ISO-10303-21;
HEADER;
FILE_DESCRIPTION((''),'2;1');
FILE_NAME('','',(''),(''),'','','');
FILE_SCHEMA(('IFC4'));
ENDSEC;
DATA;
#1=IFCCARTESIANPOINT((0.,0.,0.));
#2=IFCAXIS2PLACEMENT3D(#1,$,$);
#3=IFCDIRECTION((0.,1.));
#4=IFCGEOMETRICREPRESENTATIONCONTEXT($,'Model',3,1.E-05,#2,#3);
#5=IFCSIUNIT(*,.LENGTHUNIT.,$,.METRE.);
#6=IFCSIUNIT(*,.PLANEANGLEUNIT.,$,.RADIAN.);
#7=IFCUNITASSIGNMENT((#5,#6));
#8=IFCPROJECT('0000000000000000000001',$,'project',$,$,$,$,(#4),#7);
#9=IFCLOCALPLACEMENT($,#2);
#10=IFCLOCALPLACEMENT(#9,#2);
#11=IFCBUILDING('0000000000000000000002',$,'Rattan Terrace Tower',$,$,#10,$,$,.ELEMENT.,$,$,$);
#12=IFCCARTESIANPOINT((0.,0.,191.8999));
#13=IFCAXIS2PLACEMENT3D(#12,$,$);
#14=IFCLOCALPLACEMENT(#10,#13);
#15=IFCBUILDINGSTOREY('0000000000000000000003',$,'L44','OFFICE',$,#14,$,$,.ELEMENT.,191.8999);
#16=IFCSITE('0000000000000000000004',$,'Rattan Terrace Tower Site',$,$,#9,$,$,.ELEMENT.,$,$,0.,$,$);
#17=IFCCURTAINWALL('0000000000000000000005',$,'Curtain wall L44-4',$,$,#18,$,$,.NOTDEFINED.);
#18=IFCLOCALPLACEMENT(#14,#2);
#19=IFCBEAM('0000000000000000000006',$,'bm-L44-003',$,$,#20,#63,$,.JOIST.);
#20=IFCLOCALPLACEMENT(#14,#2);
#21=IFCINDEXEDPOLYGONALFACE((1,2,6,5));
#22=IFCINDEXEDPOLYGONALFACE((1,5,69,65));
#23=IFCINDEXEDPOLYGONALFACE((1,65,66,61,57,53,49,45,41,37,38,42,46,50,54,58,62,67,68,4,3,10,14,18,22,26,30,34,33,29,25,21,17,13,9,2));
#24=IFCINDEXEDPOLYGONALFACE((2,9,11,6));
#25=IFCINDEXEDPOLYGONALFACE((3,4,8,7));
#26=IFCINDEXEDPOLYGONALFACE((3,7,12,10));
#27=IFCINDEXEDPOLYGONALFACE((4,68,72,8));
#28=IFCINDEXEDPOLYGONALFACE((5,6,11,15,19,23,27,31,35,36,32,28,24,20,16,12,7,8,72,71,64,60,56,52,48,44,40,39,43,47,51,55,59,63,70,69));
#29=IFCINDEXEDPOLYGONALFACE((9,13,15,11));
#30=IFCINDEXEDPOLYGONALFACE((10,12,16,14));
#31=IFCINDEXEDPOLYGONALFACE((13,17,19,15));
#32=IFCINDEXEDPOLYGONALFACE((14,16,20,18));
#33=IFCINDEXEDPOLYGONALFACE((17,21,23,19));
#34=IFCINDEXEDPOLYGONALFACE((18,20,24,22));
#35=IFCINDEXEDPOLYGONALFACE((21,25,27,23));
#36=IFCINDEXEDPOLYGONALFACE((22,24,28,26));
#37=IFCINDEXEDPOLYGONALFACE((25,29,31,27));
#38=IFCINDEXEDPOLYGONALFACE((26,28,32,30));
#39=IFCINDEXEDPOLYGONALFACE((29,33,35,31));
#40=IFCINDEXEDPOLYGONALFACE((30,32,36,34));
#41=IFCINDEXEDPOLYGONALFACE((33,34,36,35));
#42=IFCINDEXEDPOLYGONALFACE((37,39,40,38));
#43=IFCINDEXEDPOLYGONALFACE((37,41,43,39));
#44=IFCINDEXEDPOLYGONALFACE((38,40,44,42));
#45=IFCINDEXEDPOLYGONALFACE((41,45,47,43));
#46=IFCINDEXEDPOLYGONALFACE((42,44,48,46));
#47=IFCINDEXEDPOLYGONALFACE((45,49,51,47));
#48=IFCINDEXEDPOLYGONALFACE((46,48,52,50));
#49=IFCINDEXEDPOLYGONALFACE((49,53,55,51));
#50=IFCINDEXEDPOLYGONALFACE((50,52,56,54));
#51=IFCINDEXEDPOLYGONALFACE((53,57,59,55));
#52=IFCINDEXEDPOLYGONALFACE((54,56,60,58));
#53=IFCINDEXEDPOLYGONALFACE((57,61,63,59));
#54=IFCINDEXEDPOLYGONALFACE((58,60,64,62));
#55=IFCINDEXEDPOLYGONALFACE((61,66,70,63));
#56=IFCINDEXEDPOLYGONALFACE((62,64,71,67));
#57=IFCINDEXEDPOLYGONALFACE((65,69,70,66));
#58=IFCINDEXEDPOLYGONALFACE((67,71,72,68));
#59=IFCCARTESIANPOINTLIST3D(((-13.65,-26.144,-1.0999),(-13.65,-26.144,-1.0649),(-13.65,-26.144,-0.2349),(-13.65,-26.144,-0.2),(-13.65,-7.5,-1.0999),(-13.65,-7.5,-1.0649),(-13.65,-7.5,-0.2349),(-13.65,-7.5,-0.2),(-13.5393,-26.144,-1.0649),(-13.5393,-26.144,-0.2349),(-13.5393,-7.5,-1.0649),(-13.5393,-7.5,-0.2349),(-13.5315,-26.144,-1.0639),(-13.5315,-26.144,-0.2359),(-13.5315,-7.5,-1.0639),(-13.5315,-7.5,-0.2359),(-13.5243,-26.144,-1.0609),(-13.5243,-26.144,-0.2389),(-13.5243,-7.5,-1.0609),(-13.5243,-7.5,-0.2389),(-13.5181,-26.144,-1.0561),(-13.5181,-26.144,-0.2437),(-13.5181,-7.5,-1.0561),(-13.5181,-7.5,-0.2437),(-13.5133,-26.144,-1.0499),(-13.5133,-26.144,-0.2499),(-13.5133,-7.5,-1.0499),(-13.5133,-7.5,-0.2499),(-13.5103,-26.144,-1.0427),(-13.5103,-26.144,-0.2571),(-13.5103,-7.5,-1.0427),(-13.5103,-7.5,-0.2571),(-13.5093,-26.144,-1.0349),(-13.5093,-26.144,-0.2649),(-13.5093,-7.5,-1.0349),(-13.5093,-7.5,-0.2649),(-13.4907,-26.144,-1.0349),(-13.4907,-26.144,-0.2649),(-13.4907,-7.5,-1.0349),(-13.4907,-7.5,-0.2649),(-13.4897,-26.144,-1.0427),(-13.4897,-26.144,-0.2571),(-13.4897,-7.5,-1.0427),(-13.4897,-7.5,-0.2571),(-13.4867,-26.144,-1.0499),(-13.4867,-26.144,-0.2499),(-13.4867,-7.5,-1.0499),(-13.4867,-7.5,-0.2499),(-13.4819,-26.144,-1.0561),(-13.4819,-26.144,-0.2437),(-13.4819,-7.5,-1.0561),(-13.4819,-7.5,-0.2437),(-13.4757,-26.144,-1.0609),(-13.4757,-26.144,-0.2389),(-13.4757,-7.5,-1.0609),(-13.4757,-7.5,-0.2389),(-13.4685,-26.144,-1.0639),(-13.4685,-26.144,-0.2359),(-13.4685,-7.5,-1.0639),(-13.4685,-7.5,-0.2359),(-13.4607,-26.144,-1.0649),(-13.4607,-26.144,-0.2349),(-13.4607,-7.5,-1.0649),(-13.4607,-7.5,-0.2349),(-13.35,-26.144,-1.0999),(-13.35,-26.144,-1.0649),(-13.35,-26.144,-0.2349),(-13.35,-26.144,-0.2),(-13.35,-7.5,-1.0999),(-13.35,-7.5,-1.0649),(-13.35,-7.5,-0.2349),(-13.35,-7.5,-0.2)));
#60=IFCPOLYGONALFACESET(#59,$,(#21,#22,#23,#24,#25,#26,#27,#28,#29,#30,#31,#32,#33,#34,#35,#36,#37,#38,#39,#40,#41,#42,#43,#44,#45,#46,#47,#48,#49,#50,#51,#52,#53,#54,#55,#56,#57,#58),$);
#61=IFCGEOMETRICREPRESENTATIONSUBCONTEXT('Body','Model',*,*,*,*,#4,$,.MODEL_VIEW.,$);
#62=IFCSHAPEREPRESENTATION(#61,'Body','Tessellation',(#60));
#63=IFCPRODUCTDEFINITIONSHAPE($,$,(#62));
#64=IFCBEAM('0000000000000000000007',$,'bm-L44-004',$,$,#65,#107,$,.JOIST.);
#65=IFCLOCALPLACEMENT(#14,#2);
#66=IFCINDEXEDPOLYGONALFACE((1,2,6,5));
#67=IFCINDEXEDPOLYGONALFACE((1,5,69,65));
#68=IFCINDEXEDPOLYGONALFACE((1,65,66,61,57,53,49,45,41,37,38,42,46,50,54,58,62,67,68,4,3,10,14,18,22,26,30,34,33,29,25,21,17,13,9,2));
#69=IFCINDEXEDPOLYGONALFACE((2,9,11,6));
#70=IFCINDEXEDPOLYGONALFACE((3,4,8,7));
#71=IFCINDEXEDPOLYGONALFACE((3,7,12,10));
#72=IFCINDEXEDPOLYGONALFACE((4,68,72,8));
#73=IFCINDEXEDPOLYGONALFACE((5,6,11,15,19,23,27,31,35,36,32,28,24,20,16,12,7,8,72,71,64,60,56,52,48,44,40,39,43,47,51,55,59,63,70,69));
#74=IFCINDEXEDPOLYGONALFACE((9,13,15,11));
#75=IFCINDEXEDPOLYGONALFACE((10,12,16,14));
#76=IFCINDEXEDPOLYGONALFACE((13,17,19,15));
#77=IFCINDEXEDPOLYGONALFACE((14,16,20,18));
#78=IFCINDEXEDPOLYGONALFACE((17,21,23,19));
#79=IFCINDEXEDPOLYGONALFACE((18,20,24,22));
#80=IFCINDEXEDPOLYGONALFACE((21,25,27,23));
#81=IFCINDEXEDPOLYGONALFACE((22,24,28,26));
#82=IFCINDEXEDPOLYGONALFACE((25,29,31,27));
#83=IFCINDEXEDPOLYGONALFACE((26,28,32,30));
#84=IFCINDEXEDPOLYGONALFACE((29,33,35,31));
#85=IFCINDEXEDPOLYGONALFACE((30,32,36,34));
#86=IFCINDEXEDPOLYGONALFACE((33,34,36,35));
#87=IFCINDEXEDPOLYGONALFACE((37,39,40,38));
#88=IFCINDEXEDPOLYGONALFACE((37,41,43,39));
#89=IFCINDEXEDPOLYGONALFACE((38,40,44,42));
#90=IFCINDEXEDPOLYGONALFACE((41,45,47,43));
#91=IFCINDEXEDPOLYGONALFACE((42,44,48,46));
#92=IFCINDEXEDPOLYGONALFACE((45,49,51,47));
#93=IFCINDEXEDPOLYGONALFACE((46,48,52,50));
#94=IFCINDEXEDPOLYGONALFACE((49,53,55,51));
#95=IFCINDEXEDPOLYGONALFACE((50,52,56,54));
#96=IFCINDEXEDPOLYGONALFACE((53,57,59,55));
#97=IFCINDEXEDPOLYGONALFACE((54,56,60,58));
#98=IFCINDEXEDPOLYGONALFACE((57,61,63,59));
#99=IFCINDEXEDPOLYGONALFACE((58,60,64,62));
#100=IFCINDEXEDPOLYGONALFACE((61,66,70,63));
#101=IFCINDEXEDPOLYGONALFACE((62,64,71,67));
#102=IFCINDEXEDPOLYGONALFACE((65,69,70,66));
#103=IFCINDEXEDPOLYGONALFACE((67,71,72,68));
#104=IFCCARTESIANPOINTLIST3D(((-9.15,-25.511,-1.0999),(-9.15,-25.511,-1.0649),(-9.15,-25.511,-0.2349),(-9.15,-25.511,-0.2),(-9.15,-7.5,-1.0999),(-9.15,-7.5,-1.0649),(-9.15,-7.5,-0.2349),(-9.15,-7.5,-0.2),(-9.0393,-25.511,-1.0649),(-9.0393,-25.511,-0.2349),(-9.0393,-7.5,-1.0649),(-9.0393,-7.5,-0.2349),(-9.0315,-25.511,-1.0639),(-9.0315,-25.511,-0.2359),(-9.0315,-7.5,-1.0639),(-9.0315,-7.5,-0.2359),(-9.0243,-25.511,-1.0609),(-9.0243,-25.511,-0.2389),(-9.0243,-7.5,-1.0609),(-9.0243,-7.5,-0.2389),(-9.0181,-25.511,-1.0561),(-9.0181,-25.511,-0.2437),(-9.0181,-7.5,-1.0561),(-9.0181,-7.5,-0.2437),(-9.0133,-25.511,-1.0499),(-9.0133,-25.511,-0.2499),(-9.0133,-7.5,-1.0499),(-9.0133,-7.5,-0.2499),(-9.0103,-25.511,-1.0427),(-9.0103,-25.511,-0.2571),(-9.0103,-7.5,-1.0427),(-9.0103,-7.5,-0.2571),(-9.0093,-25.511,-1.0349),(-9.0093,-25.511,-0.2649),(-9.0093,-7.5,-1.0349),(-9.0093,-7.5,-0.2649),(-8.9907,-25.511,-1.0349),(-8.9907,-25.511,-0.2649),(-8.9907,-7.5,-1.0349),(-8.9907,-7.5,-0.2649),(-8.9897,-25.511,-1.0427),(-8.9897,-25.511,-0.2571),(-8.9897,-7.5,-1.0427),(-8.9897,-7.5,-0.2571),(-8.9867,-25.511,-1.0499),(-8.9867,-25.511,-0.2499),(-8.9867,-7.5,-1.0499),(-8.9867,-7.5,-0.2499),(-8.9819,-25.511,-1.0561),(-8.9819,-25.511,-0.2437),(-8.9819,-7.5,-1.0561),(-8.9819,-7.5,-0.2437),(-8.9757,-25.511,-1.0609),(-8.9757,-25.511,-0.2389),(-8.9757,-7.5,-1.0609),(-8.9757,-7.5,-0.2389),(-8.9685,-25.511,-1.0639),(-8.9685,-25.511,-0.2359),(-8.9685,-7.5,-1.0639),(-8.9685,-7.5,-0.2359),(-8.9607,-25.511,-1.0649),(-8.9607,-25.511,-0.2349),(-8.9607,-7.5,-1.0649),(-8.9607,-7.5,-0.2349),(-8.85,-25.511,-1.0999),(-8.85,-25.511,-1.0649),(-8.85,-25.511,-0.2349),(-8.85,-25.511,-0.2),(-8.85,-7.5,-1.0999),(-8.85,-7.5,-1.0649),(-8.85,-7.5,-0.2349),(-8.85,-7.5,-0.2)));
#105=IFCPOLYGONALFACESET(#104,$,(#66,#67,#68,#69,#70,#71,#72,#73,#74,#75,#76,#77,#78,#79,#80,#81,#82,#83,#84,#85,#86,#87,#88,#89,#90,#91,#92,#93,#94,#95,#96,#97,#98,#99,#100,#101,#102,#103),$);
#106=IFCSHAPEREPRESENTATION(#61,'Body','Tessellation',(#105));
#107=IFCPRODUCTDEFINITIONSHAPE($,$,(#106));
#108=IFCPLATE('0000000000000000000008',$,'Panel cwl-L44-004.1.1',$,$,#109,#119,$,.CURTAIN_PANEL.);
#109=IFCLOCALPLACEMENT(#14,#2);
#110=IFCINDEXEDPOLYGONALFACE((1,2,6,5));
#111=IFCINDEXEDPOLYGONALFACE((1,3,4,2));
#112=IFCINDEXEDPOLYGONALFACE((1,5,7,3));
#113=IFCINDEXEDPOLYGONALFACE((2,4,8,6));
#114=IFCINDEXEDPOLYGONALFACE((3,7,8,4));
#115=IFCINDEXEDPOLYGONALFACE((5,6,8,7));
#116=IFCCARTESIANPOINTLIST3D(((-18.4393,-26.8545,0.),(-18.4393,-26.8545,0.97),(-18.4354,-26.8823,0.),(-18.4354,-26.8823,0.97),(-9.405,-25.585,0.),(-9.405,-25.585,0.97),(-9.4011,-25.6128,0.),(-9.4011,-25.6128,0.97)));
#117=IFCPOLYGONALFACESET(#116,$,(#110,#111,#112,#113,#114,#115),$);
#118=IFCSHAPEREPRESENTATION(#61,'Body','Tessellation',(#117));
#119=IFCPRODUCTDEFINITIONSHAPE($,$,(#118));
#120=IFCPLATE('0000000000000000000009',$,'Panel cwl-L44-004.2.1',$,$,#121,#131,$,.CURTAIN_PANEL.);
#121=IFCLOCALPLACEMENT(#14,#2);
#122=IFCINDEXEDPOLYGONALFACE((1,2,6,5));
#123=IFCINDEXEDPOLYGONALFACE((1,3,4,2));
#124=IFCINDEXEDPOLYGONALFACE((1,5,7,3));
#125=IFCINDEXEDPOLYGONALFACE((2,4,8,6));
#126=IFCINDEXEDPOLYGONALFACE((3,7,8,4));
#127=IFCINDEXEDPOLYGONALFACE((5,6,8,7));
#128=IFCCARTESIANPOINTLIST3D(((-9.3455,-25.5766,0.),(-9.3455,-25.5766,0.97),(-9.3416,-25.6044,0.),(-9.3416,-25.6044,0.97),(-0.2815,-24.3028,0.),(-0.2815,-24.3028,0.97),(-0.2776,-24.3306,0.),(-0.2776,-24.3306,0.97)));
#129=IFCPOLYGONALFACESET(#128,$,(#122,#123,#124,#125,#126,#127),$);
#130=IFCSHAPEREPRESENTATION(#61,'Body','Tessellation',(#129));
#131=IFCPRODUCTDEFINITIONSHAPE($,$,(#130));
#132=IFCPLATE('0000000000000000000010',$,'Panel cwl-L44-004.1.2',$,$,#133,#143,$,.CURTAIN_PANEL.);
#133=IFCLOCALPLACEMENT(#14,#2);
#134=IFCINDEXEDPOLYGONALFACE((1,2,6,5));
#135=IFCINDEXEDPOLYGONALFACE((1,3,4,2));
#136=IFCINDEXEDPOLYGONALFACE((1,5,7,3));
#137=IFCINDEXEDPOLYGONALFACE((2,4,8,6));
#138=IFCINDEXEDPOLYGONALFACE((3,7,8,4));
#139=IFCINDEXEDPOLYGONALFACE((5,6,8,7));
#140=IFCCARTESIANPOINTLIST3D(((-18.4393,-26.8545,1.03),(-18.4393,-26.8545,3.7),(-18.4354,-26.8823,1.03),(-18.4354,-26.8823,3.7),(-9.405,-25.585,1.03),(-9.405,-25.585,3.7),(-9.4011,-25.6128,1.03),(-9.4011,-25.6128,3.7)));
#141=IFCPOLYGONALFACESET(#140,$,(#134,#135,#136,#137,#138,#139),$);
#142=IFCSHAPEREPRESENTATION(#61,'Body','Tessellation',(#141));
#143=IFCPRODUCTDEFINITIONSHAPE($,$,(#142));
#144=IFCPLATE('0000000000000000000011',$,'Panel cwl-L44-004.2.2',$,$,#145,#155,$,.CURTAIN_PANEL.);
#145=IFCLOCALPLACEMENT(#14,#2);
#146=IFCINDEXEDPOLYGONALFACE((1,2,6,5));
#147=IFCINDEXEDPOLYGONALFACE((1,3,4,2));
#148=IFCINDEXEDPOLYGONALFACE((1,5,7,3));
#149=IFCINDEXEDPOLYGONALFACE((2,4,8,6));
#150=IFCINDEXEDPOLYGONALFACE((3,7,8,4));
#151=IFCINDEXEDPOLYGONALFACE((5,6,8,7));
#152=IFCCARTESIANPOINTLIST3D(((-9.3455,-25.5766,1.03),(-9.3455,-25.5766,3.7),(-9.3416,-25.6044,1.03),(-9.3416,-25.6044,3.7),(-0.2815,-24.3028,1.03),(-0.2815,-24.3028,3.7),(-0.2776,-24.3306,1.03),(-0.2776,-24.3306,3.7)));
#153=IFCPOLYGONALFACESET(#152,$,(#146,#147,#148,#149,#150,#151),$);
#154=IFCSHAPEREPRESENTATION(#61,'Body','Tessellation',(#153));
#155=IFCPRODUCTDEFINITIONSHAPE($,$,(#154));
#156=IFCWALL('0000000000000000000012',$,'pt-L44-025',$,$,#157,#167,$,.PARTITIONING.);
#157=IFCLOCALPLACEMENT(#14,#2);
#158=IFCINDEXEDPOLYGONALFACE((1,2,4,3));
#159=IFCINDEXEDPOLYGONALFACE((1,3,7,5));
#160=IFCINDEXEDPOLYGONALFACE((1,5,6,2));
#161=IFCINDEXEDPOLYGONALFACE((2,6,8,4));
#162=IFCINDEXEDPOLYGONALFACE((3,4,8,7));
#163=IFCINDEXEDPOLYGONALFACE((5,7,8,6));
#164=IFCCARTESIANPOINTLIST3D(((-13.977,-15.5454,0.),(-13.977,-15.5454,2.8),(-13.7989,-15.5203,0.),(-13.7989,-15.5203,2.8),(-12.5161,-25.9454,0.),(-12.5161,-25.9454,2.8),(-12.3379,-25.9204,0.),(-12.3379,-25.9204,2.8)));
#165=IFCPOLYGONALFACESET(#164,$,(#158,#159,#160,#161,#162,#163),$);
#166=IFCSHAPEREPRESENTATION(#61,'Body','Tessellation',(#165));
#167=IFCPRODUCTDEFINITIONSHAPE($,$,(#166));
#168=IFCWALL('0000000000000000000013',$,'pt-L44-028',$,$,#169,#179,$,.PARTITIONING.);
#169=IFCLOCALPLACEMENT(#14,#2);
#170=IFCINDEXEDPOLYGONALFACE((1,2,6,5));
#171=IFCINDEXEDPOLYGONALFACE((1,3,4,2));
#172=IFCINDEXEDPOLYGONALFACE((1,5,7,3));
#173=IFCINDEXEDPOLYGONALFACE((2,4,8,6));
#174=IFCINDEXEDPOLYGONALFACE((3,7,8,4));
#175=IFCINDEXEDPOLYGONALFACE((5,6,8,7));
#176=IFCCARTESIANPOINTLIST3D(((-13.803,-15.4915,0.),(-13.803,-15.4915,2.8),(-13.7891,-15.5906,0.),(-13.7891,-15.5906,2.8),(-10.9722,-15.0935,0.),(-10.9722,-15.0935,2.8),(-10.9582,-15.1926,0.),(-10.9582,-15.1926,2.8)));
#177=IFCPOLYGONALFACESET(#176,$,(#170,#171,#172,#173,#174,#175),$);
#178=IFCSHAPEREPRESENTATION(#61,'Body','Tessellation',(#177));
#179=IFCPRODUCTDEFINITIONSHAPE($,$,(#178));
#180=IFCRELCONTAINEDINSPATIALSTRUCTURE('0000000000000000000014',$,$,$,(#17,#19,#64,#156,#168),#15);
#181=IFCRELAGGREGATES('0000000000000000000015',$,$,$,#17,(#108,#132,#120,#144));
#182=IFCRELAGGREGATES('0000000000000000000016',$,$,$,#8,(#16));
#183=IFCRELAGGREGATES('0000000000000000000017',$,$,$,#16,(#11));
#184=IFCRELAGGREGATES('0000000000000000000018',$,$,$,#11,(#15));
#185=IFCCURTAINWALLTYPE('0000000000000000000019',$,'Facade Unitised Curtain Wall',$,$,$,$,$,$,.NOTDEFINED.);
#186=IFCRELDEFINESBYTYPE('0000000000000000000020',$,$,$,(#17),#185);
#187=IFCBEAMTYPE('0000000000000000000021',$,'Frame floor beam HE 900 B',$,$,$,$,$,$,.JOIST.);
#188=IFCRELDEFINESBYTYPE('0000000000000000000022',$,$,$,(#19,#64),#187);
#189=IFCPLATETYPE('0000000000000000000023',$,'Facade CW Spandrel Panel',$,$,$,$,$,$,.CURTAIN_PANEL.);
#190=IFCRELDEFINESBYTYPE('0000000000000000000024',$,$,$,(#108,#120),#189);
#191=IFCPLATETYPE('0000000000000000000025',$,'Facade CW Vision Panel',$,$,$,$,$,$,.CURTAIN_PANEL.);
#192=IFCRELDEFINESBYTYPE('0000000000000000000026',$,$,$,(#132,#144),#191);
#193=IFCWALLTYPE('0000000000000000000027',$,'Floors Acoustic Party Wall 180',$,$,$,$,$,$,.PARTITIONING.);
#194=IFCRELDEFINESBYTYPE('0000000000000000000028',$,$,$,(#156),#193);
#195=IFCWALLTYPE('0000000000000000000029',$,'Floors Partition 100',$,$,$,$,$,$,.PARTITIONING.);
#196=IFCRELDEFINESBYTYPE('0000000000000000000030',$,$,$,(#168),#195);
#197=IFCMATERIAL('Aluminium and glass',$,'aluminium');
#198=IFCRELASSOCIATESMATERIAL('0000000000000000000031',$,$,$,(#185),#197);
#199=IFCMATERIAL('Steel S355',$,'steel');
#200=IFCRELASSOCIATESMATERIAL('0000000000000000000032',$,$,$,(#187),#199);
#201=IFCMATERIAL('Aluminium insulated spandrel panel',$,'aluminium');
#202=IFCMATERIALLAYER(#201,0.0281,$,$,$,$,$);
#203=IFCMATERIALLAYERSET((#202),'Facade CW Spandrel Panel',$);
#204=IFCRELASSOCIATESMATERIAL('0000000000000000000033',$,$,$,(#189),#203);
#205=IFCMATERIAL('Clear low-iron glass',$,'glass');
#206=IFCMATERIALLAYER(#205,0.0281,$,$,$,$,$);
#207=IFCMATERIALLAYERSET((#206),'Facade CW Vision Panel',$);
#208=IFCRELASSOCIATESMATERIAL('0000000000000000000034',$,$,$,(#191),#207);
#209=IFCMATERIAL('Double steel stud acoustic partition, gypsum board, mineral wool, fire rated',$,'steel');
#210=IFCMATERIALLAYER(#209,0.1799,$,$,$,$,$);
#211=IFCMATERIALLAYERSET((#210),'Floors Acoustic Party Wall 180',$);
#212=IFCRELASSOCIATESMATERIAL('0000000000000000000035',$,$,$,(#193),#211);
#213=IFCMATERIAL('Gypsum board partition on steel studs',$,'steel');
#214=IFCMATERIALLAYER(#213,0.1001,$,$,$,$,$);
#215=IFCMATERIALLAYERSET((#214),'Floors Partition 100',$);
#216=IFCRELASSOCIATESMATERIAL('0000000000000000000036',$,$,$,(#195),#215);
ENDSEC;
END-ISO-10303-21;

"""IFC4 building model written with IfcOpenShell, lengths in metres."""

from ifc_helpers import new_model, si_unit, direction, frame, frame_2d, origin, origin_2d, place, context, subcontext, project, spatial, rectangle, i_section, extrude, material, layer, layer_set, material_profile, profile_set, type_object, element, aggregate, save


model = new_model("IFC4")

# Units and contexts
model_context = context("Model", 3, precision=1e-05, world=origin(), true_north=direction((0.0, 1.0)))
body_context = subcontext(model_context, "Body", "Model", "MODEL_VIEW")
ifc_project = project(units=[si_unit("LENGTHUNIT", "METRE"), si_unit("PLANEANGLEUNIT", "RADIAN")], contexts=[model_context])

# Site, building, storey
site_placement = place(None, origin())
site = spatial("IfcSite", under=ifc_project, at=site_placement, Name="Rattan Terrace Tower Site", CompositionType="ELEMENT", RefElevation=0.0)
building_placement = place(site_placement, origin())
building = spatial("IfcBuilding", under=site, at=building_placement, Name="Rattan Terrace Tower", CompositionType="ELEMENT")
storey_placement = place(building_placement, frame((0.0, 0.0, 191.8999)))
storey = spatial("IfcBuildingStorey", under=building, at=storey_placement, Name="L44", Description="OFFICE", CompositionType="ELEMENT", Elevation=191.8999)

# Curtain wall
ifc_material_1 = material(Name="Aluminium and glass", Category="aluminium")
curtain_wall_type = type_object("IfcCurtainWallType", Name="Facade Unitised Curtain Wall", PredefinedType="NOTDEFINED", material=ifc_material_1)
curtain_wall_placement = place(storey_placement, origin())
curtain_wall = element("IfcCurtainWall", 1, at=curtain_wall_placement, inside=storey, type_object=curtain_wall_type, Name="Curtain wall L44-4", PredefinedType="NOTDEFINED")

# Beams
ifc_material_2 = material(Name="Steel S355", Category="steel")
ifc_material_profile_1 = material_profile(ifc_material_2, i_section(OverallWidth=0.3, OverallDepth=0.8999, WebThickness=0.0186, FlangeThickness=0.0349, FilletRadius=0.03, at=origin_2d()), Name="HE 900 B")
ifc_profile_set_1 = profile_set([ifc_material_profile_1], Name="Steel S355")
beam_type_1 = type_object("IfcBeamType", Name="Frame floor beam HE 900 B", PredefinedType="JOIST", material=ifc_profile_set_1)
beam_1_placement = place(storey_placement, frame((-13.5, -26.144, -0.6499), z_axis=(0.0, 1.0, 0.0), x_axis=(-1.0, 0.0, 0.0)))
element("IfcBeam", 2, at=beam_1_placement, inside=storey, type_object=beam_type_1, Name="bm-L44-003", PredefinedType="JOIST", context=body_context, shape_type="SweptSolid", body=[
    extrude(i_section(OverallWidth=0.3, OverallDepth=0.8999, WebThickness=0.0186, FlangeThickness=0.0349, FilletRadius=0.03, at=origin_2d()), origin(), (0.0, 0.0, 1.0), 18.644),
])
beam_2_placement = place(storey_placement, frame((-9.0, -25.511, -0.6499), z_axis=(0.0, 1.0, 0.0), x_axis=(-1.0, 0.0, 0.0)))
element("IfcBeam", 3, at=beam_2_placement, inside=storey, type_object=beam_type_1, Name="bm-L44-004", PredefinedType="JOIST", context=body_context, shape_type="SweptSolid", body=[
    extrude(i_section(OverallWidth=0.3, OverallDepth=0.8999, WebThickness=0.0186, FlangeThickness=0.0349, FilletRadius=0.03, at=origin_2d()), origin(), (0.0, 0.0, 1.0), 18.011),
])

# Plates
ifc_material_3 = material(Name="Aluminium insulated spandrel panel", Category="aluminium")
ifc_layer_1 = layer(ifc_material_3, 0.0281)
ifc_layer_set_1 = layer_set([ifc_layer_1], Name="Facade CW Spandrel Panel")
plate_type_1 = type_object("IfcPlateType", Name="Facade CW Spandrel Panel", PredefinedType="CURTAIN_PANEL", material=ifc_layer_set_1)
plate_1_placement = place(storey_placement, frame((-13.9202, -26.2336, 0.0), z_axis=(0.0, 0.0, 1.0), x_axis=(0.99027, 0.139161, 0.0)))
plate_1 = element("IfcPlate", 4, at=plate_1_placement, type_object=plate_type_1, Name="Panel cwl-L44-004.1.1", PredefinedType="CURTAIN_PANEL", context=body_context, shape_type="SweptSolid", body=[
    extrude(rectangle(XDim=9.123, YDim=0.0281, at=origin_2d()), origin(), (0.0, 0.0, 1.0), 0.97),
])
plate_2_placement = place(storey_placement, frame((-4.8115, -24.9536, 0.0), z_axis=(0.0, 0.0, 1.0), x_axis=(0.99027, 0.139161, 0.0)))
plate_2 = element("IfcPlate", 5, at=plate_2_placement, type_object=plate_type_1, Name="Panel cwl-L44-004.2.1", PredefinedType="CURTAIN_PANEL", context=body_context, shape_type="SweptSolid", body=[
    extrude(rectangle(XDim=9.1531, YDim=0.0281, at=origin_2d()), origin(), (0.0, 0.0, 1.0), 0.97),
])
ifc_material_4 = material(Name="Clear low-iron glass", Category="glass")
ifc_layer_2 = layer(ifc_material_4, 0.0281)
ifc_layer_set_2 = layer_set([ifc_layer_2], Name="Facade CW Vision Panel")
plate_type_2 = type_object("IfcPlateType", Name="Facade CW Vision Panel", PredefinedType="CURTAIN_PANEL", material=ifc_layer_set_2)
plate_3_placement = place(storey_placement, frame((-13.9202, -26.2336, 1.03), z_axis=(0.0, 0.0, 1.0), x_axis=(0.99027, 0.139161, 0.0)))
plate_3 = element("IfcPlate", 6, at=plate_3_placement, type_object=plate_type_2, Name="Panel cwl-L44-004.1.2", PredefinedType="CURTAIN_PANEL", context=body_context, shape_type="SweptSolid", body=[
    extrude(rectangle(XDim=9.123, YDim=0.0281, at=origin_2d()), origin(), (0.0, 0.0, 1.0), 2.6699),
])
plate_4_placement = place(storey_placement, frame((-4.8115, -24.9536, 1.03), z_axis=(0.0, 0.0, 1.0), x_axis=(0.99027, 0.139161, 0.0)))
plate_4 = element("IfcPlate", 7, at=plate_4_placement, type_object=plate_type_2, Name="Panel cwl-L44-004.2.2", PredefinedType="CURTAIN_PANEL", context=body_context, shape_type="SweptSolid", body=[
    extrude(rectangle(XDim=9.1531, YDim=0.0281, at=origin_2d()), origin(), (0.0, 0.0, 1.0), 2.6699),
])
aggregate(curtain_wall, [plate_1, plate_3, plate_2, plate_4])

# Walls
ifc_material_5 = material(Name="Double steel stud acoustic partition, gypsum board, mineral wool, fire rated", Category="steel")
ifc_layer_3 = layer(ifc_material_5, 0.1799)
ifc_layer_set_3 = layer_set([ifc_layer_3], Name="Floors Acoustic Party Wall 180")
wall_type_1 = type_object("IfcWallType", Name="Floors Acoustic Party Wall 180", PredefinedType="PARTITIONING", material=ifc_layer_set_3)
wall_1_placement = place(storey_placement, frame((-13.8879, -15.533, 0.0), z_axis=(0.0, 0.0, 1.0), x_axis=(0.139107, -0.990277, 0.0)))
element("IfcWall", 8, at=wall_1_placement, inside=storey, type_object=wall_type_1, Name="pt-L44-025", PredefinedType="PARTITIONING", context=body_context, shape_type="SweptSolid", body=[
    extrude(rectangle(XDim=10.5022, YDim=0.1799, at=frame_2d((5.251, 0.0))), origin(), (0.0, 0.0, 1.0), 2.8),
])
ifc_material_6 = material(Name="Gypsum board partition on steel studs", Category="steel")
ifc_layer_4 = layer(ifc_material_6, 0.1001)
ifc_layer_set_4 = layer_set([ifc_layer_4], Name="Floors Partition 100")
wall_type_2 = type_object("IfcWallType", Name="Floors Partition 100", PredefinedType="PARTITIONING", material=ifc_layer_set_4)
wall_2_placement = place(storey_placement, frame((-13.7959, -15.541, 0.0), z_axis=(0.0, 0.0, 1.0), x_axis=(0.990263, 0.139209, 0.0)))
element("IfcWall", 9, at=wall_2_placement, inside=storey, type_object=wall_type_2, Name="pt-L44-028", PredefinedType="PARTITIONING", context=body_context, shape_type="SweptSolid", body=[
    extrude(rectangle(XDim=2.8586, YDim=0.1001, at=frame_2d((1.4292, 0.0))), origin(), (0.0, 0.0, 1.0), 2.8),
])

save(model, "model.ifc")
